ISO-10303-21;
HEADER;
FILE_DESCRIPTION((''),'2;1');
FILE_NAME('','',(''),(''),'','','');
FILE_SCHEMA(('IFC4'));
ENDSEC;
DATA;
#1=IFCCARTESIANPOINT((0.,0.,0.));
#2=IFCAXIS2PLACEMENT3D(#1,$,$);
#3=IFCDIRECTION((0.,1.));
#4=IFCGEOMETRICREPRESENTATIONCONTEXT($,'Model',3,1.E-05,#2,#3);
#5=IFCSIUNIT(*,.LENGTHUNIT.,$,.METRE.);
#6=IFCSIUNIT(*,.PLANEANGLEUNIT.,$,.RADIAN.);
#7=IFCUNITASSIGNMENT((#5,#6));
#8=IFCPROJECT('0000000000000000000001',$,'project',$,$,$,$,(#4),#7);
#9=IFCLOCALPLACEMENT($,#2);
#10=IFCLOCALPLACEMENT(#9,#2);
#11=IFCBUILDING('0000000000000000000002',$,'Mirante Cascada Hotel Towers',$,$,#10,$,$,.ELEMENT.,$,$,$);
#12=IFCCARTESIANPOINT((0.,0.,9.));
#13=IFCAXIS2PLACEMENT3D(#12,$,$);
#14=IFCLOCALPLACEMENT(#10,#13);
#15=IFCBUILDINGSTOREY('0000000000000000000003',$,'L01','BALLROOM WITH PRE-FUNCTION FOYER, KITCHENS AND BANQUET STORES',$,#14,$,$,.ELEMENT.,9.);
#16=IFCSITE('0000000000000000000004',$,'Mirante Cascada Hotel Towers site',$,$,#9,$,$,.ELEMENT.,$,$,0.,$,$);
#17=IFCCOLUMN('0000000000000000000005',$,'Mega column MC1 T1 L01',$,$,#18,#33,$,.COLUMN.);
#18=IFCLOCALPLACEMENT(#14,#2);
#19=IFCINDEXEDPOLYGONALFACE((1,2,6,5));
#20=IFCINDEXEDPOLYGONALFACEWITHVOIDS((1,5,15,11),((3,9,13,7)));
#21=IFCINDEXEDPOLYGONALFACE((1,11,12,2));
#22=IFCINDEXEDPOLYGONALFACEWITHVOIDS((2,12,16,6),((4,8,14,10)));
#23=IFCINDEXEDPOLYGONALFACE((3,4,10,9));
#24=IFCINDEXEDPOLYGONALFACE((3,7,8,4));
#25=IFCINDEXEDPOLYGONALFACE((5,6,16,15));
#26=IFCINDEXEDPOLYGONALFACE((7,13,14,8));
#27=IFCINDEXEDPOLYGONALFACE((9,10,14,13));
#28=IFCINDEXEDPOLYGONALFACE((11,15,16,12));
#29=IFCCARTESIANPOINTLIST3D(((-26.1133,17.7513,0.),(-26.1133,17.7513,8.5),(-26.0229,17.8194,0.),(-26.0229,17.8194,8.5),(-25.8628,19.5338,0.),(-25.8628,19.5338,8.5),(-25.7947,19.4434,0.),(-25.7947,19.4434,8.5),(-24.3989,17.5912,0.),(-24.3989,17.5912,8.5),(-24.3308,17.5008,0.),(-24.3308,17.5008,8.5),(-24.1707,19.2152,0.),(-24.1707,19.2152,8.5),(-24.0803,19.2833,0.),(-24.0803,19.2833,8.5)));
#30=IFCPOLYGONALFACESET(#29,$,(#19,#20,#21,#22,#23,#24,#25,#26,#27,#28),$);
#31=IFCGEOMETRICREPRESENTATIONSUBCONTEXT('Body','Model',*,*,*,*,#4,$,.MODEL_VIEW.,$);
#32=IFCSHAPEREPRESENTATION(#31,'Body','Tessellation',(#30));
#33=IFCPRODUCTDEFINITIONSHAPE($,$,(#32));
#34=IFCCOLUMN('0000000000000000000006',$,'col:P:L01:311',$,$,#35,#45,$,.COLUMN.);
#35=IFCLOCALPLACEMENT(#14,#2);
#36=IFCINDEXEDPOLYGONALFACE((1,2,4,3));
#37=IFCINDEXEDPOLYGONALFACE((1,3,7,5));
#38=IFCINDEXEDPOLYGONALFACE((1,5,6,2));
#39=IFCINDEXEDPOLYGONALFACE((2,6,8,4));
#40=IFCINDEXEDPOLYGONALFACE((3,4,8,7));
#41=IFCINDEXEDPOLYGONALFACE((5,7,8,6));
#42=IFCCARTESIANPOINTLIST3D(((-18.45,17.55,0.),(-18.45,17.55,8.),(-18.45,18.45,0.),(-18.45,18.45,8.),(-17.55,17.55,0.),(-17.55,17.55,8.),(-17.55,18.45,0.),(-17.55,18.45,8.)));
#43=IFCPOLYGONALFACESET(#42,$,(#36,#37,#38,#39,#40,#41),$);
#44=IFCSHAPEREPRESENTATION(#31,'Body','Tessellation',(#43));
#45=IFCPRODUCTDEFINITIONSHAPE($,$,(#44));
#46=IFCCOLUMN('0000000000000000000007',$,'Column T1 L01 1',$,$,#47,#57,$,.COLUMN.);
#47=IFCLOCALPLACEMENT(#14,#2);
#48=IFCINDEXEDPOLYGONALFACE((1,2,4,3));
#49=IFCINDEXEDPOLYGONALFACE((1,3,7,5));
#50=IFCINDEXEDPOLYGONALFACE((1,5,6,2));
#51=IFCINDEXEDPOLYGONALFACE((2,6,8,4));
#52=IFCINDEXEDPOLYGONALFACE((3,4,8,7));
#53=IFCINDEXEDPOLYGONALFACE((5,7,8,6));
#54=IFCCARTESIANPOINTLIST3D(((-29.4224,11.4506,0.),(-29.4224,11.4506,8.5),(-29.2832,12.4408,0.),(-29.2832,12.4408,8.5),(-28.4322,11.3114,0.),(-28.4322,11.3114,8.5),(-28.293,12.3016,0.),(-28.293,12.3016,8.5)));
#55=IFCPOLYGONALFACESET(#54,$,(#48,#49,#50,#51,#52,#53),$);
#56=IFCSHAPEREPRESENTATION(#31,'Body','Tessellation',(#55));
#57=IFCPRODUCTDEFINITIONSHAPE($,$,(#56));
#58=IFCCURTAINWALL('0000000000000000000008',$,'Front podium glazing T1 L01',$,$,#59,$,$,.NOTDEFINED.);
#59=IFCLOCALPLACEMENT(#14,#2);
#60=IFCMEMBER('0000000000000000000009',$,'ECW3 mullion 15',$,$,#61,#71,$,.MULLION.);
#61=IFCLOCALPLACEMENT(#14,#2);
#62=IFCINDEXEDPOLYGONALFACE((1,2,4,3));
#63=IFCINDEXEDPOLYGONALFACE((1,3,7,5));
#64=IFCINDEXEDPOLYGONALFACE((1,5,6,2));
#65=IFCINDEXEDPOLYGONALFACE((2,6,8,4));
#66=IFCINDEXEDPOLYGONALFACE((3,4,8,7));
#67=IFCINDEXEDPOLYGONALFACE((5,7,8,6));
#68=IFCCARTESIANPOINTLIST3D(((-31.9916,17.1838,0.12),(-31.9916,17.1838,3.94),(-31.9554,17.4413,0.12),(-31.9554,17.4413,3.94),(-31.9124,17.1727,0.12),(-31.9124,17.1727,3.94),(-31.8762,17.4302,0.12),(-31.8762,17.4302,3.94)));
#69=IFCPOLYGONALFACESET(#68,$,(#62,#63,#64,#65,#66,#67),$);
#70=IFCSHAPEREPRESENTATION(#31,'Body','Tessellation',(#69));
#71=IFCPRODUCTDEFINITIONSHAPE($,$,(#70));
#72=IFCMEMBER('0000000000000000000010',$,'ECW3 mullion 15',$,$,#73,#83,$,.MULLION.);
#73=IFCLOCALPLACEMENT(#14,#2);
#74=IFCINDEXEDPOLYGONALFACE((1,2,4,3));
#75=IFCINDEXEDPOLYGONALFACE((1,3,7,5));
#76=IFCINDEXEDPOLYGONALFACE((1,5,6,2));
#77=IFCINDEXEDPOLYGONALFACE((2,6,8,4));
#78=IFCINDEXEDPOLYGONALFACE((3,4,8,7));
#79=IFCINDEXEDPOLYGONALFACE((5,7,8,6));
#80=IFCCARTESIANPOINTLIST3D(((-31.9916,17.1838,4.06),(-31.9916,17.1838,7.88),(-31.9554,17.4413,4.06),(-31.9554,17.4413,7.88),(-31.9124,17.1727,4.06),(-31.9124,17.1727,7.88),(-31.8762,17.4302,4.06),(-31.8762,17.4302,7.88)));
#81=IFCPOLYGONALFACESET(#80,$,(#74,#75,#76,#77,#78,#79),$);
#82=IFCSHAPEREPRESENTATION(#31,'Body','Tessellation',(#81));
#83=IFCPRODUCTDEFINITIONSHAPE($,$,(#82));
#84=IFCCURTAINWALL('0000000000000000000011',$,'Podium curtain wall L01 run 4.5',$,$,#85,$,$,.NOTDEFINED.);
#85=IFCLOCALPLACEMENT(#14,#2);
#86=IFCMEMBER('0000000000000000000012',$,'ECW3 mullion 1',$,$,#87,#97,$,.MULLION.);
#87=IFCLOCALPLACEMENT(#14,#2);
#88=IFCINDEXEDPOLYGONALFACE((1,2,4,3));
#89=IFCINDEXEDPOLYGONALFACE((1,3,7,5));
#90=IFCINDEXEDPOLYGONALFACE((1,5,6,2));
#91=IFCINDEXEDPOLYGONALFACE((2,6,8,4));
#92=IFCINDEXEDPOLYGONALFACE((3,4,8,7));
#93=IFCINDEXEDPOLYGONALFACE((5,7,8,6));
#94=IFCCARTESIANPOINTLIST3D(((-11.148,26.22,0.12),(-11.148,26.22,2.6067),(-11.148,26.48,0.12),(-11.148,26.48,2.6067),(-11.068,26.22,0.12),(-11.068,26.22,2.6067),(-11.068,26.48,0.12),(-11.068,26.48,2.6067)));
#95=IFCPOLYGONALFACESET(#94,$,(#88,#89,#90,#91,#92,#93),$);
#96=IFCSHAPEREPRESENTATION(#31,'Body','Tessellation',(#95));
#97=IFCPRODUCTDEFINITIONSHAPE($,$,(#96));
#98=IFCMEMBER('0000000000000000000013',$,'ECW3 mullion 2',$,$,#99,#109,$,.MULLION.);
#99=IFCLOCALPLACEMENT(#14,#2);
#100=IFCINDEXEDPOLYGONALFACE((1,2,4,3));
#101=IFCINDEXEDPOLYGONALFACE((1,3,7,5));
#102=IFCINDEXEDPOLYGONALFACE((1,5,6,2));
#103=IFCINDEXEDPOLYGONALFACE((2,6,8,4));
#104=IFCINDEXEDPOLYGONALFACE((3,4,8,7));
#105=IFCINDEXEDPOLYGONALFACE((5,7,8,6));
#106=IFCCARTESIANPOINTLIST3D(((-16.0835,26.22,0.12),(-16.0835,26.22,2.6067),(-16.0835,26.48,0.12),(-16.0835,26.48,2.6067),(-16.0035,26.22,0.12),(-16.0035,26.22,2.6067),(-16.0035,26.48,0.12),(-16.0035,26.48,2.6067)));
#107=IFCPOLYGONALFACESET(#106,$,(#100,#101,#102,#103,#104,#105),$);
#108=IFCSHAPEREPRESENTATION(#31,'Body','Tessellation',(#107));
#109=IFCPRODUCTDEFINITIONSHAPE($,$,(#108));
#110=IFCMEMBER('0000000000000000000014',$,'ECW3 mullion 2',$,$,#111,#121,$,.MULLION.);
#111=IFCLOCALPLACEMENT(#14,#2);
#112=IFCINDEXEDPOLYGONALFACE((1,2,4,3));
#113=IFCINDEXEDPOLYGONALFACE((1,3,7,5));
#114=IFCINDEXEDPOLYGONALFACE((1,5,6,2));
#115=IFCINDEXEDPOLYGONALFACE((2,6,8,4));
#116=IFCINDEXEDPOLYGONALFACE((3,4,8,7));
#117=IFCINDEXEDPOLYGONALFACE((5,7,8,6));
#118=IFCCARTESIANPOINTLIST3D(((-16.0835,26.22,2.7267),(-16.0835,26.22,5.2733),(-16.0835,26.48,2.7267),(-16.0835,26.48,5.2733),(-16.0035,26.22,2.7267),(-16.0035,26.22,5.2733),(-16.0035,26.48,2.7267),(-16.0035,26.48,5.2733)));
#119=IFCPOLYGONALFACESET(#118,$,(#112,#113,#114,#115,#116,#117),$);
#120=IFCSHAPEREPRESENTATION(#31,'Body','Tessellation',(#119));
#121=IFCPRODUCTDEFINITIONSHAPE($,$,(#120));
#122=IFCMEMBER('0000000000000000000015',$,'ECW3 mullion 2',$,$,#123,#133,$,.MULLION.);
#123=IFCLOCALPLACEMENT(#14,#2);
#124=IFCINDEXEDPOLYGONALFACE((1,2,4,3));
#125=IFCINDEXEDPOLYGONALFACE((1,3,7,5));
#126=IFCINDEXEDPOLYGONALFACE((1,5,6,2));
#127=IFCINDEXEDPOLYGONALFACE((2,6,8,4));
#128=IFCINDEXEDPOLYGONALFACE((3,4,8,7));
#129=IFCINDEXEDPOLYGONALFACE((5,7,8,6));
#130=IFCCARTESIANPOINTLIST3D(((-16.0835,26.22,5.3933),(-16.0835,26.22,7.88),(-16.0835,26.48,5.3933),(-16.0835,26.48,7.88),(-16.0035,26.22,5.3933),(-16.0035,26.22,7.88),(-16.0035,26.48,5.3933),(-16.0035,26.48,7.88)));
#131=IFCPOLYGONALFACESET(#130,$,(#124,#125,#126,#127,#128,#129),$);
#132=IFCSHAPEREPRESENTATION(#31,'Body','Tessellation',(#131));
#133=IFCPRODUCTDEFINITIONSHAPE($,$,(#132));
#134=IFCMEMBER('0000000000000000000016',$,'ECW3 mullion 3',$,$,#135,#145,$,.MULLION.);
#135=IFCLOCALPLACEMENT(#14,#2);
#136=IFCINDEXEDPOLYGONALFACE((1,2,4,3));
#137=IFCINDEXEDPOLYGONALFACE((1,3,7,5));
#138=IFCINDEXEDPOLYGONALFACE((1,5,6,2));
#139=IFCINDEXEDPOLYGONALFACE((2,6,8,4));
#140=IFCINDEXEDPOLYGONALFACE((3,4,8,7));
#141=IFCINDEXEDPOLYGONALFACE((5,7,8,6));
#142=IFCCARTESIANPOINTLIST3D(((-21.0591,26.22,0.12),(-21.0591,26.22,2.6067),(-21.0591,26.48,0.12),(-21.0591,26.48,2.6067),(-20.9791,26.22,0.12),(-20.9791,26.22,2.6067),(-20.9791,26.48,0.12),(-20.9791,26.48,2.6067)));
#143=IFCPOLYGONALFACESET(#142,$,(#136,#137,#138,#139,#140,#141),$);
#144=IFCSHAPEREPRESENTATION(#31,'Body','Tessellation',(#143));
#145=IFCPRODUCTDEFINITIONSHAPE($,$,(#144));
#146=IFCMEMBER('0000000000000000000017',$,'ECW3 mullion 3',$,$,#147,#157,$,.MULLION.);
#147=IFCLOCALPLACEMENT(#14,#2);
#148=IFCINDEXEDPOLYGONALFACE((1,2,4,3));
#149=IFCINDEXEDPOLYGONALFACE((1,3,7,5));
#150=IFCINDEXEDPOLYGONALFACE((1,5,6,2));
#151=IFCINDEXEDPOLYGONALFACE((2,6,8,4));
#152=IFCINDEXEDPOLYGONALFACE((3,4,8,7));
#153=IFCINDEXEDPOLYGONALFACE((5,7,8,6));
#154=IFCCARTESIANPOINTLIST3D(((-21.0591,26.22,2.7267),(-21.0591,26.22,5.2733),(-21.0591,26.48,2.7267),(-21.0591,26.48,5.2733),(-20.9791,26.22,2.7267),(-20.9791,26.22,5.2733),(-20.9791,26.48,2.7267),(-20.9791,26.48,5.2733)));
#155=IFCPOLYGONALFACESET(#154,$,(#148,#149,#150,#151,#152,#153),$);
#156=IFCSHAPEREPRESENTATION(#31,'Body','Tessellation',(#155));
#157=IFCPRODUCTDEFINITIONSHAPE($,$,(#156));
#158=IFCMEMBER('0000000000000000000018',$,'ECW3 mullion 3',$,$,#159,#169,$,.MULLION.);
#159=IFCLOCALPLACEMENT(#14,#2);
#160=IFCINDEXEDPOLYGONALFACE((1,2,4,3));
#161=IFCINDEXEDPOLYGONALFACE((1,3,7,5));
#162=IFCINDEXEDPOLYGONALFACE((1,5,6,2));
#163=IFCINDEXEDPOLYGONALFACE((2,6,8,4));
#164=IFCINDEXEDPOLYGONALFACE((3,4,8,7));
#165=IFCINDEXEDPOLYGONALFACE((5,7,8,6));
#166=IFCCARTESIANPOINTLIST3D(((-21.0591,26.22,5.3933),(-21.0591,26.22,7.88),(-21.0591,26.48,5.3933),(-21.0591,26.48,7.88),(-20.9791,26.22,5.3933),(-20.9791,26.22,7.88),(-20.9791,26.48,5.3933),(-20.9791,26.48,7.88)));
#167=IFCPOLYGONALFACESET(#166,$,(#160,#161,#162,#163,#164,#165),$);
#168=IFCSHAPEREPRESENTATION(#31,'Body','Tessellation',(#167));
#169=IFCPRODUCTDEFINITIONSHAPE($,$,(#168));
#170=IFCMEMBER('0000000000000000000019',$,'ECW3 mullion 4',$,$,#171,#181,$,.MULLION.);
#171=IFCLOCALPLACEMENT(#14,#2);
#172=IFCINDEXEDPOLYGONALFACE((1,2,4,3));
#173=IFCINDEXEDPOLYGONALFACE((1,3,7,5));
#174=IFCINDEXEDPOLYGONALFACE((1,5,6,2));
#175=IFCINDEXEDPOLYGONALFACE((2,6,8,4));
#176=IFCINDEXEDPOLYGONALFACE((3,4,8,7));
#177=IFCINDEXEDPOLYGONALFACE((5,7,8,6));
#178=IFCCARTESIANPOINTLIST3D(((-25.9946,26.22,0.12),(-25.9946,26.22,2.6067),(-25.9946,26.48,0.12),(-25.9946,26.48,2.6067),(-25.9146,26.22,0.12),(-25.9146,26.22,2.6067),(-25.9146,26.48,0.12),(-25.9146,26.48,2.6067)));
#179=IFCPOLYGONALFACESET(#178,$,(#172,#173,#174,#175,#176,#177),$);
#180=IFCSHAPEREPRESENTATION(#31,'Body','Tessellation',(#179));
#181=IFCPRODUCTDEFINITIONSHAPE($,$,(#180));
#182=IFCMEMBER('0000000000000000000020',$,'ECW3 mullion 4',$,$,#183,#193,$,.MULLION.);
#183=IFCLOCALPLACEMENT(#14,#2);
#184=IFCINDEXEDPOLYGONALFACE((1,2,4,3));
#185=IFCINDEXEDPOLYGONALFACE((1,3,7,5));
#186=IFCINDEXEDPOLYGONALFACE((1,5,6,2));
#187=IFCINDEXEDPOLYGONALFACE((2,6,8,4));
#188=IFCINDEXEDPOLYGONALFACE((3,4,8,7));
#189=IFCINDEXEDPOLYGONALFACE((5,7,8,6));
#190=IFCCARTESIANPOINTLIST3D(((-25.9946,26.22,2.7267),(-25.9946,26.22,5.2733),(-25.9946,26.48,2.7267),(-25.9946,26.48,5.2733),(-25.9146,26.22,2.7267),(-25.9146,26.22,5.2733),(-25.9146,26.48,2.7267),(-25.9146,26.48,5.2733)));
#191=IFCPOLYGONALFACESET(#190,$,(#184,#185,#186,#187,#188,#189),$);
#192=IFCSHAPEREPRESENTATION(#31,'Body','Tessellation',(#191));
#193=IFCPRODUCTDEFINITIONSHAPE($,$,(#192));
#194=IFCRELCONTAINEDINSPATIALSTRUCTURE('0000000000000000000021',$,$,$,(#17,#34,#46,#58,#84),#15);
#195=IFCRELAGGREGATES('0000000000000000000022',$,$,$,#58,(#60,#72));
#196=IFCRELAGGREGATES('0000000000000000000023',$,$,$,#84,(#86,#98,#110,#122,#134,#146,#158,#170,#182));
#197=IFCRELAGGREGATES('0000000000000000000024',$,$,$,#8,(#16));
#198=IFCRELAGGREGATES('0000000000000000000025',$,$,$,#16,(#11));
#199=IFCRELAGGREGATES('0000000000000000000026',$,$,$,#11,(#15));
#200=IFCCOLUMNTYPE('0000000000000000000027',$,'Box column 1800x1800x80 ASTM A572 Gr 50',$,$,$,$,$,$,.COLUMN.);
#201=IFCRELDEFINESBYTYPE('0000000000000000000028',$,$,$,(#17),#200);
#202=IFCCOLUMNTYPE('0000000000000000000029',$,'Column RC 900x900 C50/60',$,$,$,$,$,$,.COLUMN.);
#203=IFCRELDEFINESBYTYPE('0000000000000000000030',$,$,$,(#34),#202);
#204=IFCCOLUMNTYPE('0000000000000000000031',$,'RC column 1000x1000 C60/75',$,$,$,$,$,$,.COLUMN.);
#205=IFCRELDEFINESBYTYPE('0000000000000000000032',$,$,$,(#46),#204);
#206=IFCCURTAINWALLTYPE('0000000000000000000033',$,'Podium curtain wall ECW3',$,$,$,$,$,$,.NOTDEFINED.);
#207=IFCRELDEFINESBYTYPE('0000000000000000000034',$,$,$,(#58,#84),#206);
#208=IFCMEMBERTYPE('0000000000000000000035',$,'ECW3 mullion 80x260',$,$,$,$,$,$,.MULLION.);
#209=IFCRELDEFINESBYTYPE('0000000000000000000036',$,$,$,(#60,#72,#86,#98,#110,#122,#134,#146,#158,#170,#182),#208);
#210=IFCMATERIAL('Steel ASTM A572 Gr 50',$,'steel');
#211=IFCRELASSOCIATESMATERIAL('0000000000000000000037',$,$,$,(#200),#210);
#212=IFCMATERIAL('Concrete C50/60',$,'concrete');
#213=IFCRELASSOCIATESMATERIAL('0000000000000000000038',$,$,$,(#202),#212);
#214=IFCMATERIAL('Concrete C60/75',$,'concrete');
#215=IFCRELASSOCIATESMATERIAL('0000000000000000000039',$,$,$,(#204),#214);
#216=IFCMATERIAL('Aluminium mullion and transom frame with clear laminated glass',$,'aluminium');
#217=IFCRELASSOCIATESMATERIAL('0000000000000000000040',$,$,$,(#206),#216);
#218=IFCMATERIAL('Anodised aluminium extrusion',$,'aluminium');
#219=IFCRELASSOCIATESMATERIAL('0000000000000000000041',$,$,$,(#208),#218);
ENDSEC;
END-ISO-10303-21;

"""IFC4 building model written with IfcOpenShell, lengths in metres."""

from ifc_helpers import new_model, si_unit, direction, frame, origin, origin_2d, place, context, subcontext, project, spatial, rectangle, hollow_rectangle, extrude, material, material_profile, profile_set, type_object, element, aggregate, save


model = new_model("IFC4")

# Units and contexts
model_context = context("Model", 3, precision=1e-05, world=origin(), true_north=direction((0.0, 1.0)))
body_context = subcontext(model_context, "Body", "Model", "MODEL_VIEW")
ifc_project = project(units=[si_unit("LENGTHUNIT", "METRE"), si_unit("PLANEANGLEUNIT", "RADIAN")], contexts=[model_context])

# Site, building, storey
site_placement = place(None, origin())
site = spatial("IfcSite", under=ifc_project, at=site_placement, Name="Mirante Cascada Hotel Towers site", CompositionType="ELEMENT", RefElevation=0.0)
building_placement = place(site_placement, origin())
building = spatial("IfcBuilding", under=site, at=building_placement, Name="Mirante Cascada Hotel Towers", CompositionType="ELEMENT")
storey_placement = place(building_placement, frame((0.0, 0.0, 9.0)))
storey = spatial("IfcBuildingStorey", under=building, at=storey_placement, Name="L01", Description="BALLROOM WITH PRE-FUNCTION FOYER, KITCHENS AND BANQUET STORES", CompositionType="ELEMENT", Elevation=9.0)

# Columns
ifc_material_1 = material(Name="Steel ASTM A572 Gr 50", Category="steel")
ifc_material_profile_1 = material_profile(ifc_material_1, hollow_rectangle(XDim=1.8, YDim=1.8, WallThickness=0.08, at=origin_2d()), Name="Box column 1800x1800x80 ASTM A572 Gr 50")
ifc_profile_set_1 = profile_set([ifc_material_profile_1], Name="Steel ASTM A572 Gr 50")
column_type_1 = type_object("IfcColumnType", Name="Box column 1800x1800x80 ASTM A572 Gr 50", PredefinedType="COLUMN", material=ifc_profile_set_1)
column_1_placement = place(storey_placement, frame((-25.0968, 18.5173, 0.0), z_axis=(0.0, 0.0, 1.0), x_axis=(-0.990268, 0.139173, 0.0)))
element("IfcColumn", 1, at=column_1_placement, inside=storey, type_object=column_type_1, Name="Mega column MC1 T1 L01", PredefinedType="COLUMN", context=body_context, shape_type="SweptSolid", body=[
    extrude(hollow_rectangle(XDim=1.8, YDim=1.8, WallThickness=0.08, at=origin_2d()), origin(), (0.0, 0.0, 1.0), 8.5),
])
ifc_material_2 = material(Name="Concrete C50/60", Category="concrete")
ifc_material_profile_2 = material_profile(ifc_material_2, rectangle(XDim=0.9, YDim=0.9, at=origin_2d()), Name="RC 900x900")
ifc_profile_set_2 = profile_set([ifc_material_profile_2], Name="Concrete C50/60")
column_type_2 = type_object("IfcColumnType", Name="Column RC 900x900 C50/60", PredefinedType="COLUMN", material=ifc_profile_set_2)
column_2_placement = place(storey_placement, frame((-18.0, 18.0, 0.0), z_axis=(0.0, 0.0, 1.0), x_axis=(1.0, 0.0, 0.0)))
element("IfcColumn", 2, at=column_2_placement, inside=storey, type_object=column_type_2, Name="col:P:L01:311", PredefinedType="COLUMN", context=body_context, shape_type="SweptSolid", body=[
    extrude(rectangle(XDim=0.9, YDim=0.9, at=origin_2d()), origin(), (0.0, 0.0, 1.0), 8.0),
])
ifc_material_3 = material(Name="Concrete C60/75", Category="concrete")
ifc_material_profile_3 = material_profile(ifc_material_3, rectangle(XDim=1.0, YDim=1.0, at=origin_2d()), Name="RC column 1000x1000 C60/75")
ifc_profile_set_3 = profile_set([ifc_material_profile_3], Name="Concrete C60/75")
column_type_3 = type_object("IfcColumnType", Name="RC column 1000x1000 C60/75", PredefinedType="COLUMN", material=ifc_profile_set_3)
column_3_placement = place(storey_placement, frame((-28.8577, 11.8761, 0.0), z_axis=(0.0, 0.0, 1.0), x_axis=(-0.990268, 0.139173, 0.0)))
element("IfcColumn", 3, at=column_3_placement, inside=storey, type_object=column_type_3, Name="Column T1 L01 1", PredefinedType="COLUMN", context=body_context, shape_type="SweptSolid", body=[
    extrude(rectangle(XDim=1.0, YDim=1.0, at=origin_2d()), origin(), (0.0, 0.0, 1.0), 8.5),
])

# Curtain wall, members
ifc_material_4 = material(Name="Aluminium mullion and transom frame with clear laminated glass", Category="aluminium")
curtain_wall_type = type_object("IfcCurtainWallType", Name="Podium curtain wall ECW3", PredefinedType="NOTDEFINED", material=ifc_material_4)
curtain_wall_1_placement = place(storey_placement, origin())
curtain_wall_1 = element("IfcCurtainWall", 4, at=curtain_wall_1_placement, inside=storey, type_object=curtain_wall_type, Name="Front podium glazing T1 L01", PredefinedType="NOTDEFINED")
ifc_material_5 = material(Name="Anodised aluminium extrusion", Category="aluminium")
ifc_material_profile_4 = material_profile(ifc_material_5, rectangle(XDim=0.26, YDim=0.08, at=origin_2d()), Name="ECW3 MULLION 80x260")
ifc_profile_set_4 = profile_set([ifc_material_profile_4], Name="Anodised aluminium extrusion")
member_type = type_object("IfcMemberType", Name="ECW3 mullion 80x260", PredefinedType="MULLION", material=ifc_profile_set_4)
member_1_placement = place(storey_placement, frame((-31.9339, 17.307, 0.12), z_axis=(0.0, 0.0, 1.0), x_axis=(0.139173, 0.990268, 0.0)))
member_1 = element("IfcMember", 5, at=member_1_placement, type_object=member_type, Name="ECW3 mullion 15", PredefinedType="MULLION", context=body_context, shape_type="SweptSolid", body=[
    extrude(rectangle(XDim=0.26, YDim=0.08, at=origin_2d()), origin(), (0.0, 0.0, 1.0), 3.82),
])
member_2_placement = place(storey_placement, frame((-31.9339, 17.307, 4.06), z_axis=(0.0, 0.0, 1.0), x_axis=(0.139173, 0.990268, 0.0)))
member_2 = element("IfcMember", 6, at=member_2_placement, type_object=member_type, Name="ECW3 mullion 15", PredefinedType="MULLION", context=body_context, shape_type="SweptSolid", body=[
    extrude(rectangle(XDim=0.26, YDim=0.08, at=origin_2d()), origin(), (0.0, 0.0, 1.0), 3.82),
])
aggregate(curtain_wall_1, [member_1, member_2])

# Curtain wall, members
curtain_wall_2_placement = place(storey_placement, origin())
curtain_wall_2 = element("IfcCurtainWall", 7, at=curtain_wall_2_placement, inside=storey, type_object=curtain_wall_type, Name="Podium curtain wall L01 run 4.5", PredefinedType="NOTDEFINED")
member_3_placement = place(storey_placement, frame((-11.108, 26.35, 0.12), z_axis=(0.0, 0.0, 1.0), x_axis=(0.0, -1.0, 0.0)))
member_3 = element("IfcMember", 8, at=member_3_placement, type_object=member_type, Name="ECW3 mullion 1", PredefinedType="MULLION", context=body_context, shape_type="SweptSolid", body=[
    extrude(rectangle(XDim=0.26, YDim=0.08, at=origin_2d()), origin(), (0.0, 0.0, 1.0), 2.4867),
])
member_4_placement = place(storey_placement, frame((-16.0435, 26.35, 0.12), z_axis=(0.0, 0.0, 1.0), x_axis=(0.0, -1.0, 0.0)))
member_4 = element("IfcMember", 9, at=member_4_placement, type_object=member_type, Name="ECW3 mullion 2", PredefinedType="MULLION", context=body_context, shape_type="SweptSolid", body=[
    extrude(rectangle(XDim=0.26, YDim=0.08, at=origin_2d()), origin(), (0.0, 0.0, 1.0), 2.4867),
])
member_5_placement = place(storey_placement, frame((-16.0435, 26.35, 2.7267), z_axis=(0.0, 0.0, 1.0), x_axis=(0.0, -1.0, 0.0)))
member_5 = element("IfcMember", 10, at=member_5_placement, type_object=member_type, Name="ECW3 mullion 2", PredefinedType="MULLION", context=body_context, shape_type="SweptSolid", body=[
    extrude(rectangle(XDim=0.26, YDim=0.08, at=origin_2d()), origin(), (0.0, 0.0, 1.0), 2.5466),
])
member_6_placement = place(storey_placement, frame((-16.0435, 26.35, 5.3933), z_axis=(0.0, 0.0, 1.0), x_axis=(0.0, -1.0, 0.0)))
member_6 = element("IfcMember", 11, at=member_6_placement, type_object=member_type, Name="ECW3 mullion 2", PredefinedType="MULLION", context=body_context, shape_type="SweptSolid", body=[
    extrude(rectangle(XDim=0.26, YDim=0.08, at=origin_2d()), origin(), (0.0, 0.0, 1.0), 2.4867),
])
member_7_placement = place(storey_placement, frame((-21.0191, 26.35, 0.12), z_axis=(0.0, 0.0, 1.0), x_axis=(0.0, -1.0, 0.0)))
member_7 = element("IfcMember", 12, at=member_7_placement, type_object=member_type, Name="ECW3 mullion 3", PredefinedType="MULLION", context=body_context, shape_type="SweptSolid", body=[
    extrude(rectangle(XDim=0.26, YDim=0.08, at=origin_2d()), origin(), (0.0, 0.0, 1.0), 2.4867),
])
member_8_placement = place(storey_placement, frame((-21.0191, 26.35, 2.7267), z_axis=(0.0, 0.0, 1.0), x_axis=(0.0, -1.0, 0.0)))
member_8 = element("IfcMember", 13, at=member_8_placement, type_object=member_type, Name="ECW3 mullion 3", PredefinedType="MULLION", context=body_context, shape_type="SweptSolid", body=[
    extrude(rectangle(XDim=0.26, YDim=0.08, at=origin_2d()), origin(), (0.0, 0.0, 1.0), 2.5466),
])
member_9_placement = place(storey_placement, frame((-21.0191, 26.35, 5.3933), z_axis=(0.0, 0.0, 1.0), x_axis=(0.0, -1.0, 0.0)))
member_9 = element("IfcMember", 14, at=member_9_placement, type_object=member_type, Name="ECW3 mullion 3", PredefinedType="MULLION", context=body_context, shape_type="SweptSolid", body=[
    extrude(rectangle(XDim=0.26, YDim=0.08, at=origin_2d()), origin(), (0.0, 0.0, 1.0), 2.4867),
])
member_10_placement = place(storey_placement, frame((-25.9546, 26.35, 0.12), z_axis=(0.0, 0.0, 1.0), x_axis=(0.0, -1.0, 0.0)))
member_10 = element("IfcMember", 15, at=member_10_placement, type_object=member_type, Name="ECW3 mullion 4", PredefinedType="MULLION", context=body_context, shape_type="SweptSolid", body=[
    extrude(rectangle(XDim=0.26, YDim=0.08, at=origin_2d()), origin(), (0.0, 0.0, 1.0), 2.4867),
])
member_11_placement = place(storey_placement, frame((-25.9546, 26.35, 2.7267), z_axis=(0.0, 0.0, 1.0), x_axis=(0.0, -1.0, 0.0)))
member_11 = element("IfcMember", 16, at=member_11_placement, type_object=member_type, Name="ECW3 mullion 4", PredefinedType="MULLION", context=body_context, shape_type="SweptSolid", body=[
    extrude(rectangle(XDim=0.26, YDim=0.08, at=origin_2d()), origin(), (0.0, 0.0, 1.0), 2.5466),
])
aggregate(curtain_wall_2, [member_3, member_4, member_5, member_6, member_7, member_8, member_9, member_10, member_11])

save(model, "model.ifc")
